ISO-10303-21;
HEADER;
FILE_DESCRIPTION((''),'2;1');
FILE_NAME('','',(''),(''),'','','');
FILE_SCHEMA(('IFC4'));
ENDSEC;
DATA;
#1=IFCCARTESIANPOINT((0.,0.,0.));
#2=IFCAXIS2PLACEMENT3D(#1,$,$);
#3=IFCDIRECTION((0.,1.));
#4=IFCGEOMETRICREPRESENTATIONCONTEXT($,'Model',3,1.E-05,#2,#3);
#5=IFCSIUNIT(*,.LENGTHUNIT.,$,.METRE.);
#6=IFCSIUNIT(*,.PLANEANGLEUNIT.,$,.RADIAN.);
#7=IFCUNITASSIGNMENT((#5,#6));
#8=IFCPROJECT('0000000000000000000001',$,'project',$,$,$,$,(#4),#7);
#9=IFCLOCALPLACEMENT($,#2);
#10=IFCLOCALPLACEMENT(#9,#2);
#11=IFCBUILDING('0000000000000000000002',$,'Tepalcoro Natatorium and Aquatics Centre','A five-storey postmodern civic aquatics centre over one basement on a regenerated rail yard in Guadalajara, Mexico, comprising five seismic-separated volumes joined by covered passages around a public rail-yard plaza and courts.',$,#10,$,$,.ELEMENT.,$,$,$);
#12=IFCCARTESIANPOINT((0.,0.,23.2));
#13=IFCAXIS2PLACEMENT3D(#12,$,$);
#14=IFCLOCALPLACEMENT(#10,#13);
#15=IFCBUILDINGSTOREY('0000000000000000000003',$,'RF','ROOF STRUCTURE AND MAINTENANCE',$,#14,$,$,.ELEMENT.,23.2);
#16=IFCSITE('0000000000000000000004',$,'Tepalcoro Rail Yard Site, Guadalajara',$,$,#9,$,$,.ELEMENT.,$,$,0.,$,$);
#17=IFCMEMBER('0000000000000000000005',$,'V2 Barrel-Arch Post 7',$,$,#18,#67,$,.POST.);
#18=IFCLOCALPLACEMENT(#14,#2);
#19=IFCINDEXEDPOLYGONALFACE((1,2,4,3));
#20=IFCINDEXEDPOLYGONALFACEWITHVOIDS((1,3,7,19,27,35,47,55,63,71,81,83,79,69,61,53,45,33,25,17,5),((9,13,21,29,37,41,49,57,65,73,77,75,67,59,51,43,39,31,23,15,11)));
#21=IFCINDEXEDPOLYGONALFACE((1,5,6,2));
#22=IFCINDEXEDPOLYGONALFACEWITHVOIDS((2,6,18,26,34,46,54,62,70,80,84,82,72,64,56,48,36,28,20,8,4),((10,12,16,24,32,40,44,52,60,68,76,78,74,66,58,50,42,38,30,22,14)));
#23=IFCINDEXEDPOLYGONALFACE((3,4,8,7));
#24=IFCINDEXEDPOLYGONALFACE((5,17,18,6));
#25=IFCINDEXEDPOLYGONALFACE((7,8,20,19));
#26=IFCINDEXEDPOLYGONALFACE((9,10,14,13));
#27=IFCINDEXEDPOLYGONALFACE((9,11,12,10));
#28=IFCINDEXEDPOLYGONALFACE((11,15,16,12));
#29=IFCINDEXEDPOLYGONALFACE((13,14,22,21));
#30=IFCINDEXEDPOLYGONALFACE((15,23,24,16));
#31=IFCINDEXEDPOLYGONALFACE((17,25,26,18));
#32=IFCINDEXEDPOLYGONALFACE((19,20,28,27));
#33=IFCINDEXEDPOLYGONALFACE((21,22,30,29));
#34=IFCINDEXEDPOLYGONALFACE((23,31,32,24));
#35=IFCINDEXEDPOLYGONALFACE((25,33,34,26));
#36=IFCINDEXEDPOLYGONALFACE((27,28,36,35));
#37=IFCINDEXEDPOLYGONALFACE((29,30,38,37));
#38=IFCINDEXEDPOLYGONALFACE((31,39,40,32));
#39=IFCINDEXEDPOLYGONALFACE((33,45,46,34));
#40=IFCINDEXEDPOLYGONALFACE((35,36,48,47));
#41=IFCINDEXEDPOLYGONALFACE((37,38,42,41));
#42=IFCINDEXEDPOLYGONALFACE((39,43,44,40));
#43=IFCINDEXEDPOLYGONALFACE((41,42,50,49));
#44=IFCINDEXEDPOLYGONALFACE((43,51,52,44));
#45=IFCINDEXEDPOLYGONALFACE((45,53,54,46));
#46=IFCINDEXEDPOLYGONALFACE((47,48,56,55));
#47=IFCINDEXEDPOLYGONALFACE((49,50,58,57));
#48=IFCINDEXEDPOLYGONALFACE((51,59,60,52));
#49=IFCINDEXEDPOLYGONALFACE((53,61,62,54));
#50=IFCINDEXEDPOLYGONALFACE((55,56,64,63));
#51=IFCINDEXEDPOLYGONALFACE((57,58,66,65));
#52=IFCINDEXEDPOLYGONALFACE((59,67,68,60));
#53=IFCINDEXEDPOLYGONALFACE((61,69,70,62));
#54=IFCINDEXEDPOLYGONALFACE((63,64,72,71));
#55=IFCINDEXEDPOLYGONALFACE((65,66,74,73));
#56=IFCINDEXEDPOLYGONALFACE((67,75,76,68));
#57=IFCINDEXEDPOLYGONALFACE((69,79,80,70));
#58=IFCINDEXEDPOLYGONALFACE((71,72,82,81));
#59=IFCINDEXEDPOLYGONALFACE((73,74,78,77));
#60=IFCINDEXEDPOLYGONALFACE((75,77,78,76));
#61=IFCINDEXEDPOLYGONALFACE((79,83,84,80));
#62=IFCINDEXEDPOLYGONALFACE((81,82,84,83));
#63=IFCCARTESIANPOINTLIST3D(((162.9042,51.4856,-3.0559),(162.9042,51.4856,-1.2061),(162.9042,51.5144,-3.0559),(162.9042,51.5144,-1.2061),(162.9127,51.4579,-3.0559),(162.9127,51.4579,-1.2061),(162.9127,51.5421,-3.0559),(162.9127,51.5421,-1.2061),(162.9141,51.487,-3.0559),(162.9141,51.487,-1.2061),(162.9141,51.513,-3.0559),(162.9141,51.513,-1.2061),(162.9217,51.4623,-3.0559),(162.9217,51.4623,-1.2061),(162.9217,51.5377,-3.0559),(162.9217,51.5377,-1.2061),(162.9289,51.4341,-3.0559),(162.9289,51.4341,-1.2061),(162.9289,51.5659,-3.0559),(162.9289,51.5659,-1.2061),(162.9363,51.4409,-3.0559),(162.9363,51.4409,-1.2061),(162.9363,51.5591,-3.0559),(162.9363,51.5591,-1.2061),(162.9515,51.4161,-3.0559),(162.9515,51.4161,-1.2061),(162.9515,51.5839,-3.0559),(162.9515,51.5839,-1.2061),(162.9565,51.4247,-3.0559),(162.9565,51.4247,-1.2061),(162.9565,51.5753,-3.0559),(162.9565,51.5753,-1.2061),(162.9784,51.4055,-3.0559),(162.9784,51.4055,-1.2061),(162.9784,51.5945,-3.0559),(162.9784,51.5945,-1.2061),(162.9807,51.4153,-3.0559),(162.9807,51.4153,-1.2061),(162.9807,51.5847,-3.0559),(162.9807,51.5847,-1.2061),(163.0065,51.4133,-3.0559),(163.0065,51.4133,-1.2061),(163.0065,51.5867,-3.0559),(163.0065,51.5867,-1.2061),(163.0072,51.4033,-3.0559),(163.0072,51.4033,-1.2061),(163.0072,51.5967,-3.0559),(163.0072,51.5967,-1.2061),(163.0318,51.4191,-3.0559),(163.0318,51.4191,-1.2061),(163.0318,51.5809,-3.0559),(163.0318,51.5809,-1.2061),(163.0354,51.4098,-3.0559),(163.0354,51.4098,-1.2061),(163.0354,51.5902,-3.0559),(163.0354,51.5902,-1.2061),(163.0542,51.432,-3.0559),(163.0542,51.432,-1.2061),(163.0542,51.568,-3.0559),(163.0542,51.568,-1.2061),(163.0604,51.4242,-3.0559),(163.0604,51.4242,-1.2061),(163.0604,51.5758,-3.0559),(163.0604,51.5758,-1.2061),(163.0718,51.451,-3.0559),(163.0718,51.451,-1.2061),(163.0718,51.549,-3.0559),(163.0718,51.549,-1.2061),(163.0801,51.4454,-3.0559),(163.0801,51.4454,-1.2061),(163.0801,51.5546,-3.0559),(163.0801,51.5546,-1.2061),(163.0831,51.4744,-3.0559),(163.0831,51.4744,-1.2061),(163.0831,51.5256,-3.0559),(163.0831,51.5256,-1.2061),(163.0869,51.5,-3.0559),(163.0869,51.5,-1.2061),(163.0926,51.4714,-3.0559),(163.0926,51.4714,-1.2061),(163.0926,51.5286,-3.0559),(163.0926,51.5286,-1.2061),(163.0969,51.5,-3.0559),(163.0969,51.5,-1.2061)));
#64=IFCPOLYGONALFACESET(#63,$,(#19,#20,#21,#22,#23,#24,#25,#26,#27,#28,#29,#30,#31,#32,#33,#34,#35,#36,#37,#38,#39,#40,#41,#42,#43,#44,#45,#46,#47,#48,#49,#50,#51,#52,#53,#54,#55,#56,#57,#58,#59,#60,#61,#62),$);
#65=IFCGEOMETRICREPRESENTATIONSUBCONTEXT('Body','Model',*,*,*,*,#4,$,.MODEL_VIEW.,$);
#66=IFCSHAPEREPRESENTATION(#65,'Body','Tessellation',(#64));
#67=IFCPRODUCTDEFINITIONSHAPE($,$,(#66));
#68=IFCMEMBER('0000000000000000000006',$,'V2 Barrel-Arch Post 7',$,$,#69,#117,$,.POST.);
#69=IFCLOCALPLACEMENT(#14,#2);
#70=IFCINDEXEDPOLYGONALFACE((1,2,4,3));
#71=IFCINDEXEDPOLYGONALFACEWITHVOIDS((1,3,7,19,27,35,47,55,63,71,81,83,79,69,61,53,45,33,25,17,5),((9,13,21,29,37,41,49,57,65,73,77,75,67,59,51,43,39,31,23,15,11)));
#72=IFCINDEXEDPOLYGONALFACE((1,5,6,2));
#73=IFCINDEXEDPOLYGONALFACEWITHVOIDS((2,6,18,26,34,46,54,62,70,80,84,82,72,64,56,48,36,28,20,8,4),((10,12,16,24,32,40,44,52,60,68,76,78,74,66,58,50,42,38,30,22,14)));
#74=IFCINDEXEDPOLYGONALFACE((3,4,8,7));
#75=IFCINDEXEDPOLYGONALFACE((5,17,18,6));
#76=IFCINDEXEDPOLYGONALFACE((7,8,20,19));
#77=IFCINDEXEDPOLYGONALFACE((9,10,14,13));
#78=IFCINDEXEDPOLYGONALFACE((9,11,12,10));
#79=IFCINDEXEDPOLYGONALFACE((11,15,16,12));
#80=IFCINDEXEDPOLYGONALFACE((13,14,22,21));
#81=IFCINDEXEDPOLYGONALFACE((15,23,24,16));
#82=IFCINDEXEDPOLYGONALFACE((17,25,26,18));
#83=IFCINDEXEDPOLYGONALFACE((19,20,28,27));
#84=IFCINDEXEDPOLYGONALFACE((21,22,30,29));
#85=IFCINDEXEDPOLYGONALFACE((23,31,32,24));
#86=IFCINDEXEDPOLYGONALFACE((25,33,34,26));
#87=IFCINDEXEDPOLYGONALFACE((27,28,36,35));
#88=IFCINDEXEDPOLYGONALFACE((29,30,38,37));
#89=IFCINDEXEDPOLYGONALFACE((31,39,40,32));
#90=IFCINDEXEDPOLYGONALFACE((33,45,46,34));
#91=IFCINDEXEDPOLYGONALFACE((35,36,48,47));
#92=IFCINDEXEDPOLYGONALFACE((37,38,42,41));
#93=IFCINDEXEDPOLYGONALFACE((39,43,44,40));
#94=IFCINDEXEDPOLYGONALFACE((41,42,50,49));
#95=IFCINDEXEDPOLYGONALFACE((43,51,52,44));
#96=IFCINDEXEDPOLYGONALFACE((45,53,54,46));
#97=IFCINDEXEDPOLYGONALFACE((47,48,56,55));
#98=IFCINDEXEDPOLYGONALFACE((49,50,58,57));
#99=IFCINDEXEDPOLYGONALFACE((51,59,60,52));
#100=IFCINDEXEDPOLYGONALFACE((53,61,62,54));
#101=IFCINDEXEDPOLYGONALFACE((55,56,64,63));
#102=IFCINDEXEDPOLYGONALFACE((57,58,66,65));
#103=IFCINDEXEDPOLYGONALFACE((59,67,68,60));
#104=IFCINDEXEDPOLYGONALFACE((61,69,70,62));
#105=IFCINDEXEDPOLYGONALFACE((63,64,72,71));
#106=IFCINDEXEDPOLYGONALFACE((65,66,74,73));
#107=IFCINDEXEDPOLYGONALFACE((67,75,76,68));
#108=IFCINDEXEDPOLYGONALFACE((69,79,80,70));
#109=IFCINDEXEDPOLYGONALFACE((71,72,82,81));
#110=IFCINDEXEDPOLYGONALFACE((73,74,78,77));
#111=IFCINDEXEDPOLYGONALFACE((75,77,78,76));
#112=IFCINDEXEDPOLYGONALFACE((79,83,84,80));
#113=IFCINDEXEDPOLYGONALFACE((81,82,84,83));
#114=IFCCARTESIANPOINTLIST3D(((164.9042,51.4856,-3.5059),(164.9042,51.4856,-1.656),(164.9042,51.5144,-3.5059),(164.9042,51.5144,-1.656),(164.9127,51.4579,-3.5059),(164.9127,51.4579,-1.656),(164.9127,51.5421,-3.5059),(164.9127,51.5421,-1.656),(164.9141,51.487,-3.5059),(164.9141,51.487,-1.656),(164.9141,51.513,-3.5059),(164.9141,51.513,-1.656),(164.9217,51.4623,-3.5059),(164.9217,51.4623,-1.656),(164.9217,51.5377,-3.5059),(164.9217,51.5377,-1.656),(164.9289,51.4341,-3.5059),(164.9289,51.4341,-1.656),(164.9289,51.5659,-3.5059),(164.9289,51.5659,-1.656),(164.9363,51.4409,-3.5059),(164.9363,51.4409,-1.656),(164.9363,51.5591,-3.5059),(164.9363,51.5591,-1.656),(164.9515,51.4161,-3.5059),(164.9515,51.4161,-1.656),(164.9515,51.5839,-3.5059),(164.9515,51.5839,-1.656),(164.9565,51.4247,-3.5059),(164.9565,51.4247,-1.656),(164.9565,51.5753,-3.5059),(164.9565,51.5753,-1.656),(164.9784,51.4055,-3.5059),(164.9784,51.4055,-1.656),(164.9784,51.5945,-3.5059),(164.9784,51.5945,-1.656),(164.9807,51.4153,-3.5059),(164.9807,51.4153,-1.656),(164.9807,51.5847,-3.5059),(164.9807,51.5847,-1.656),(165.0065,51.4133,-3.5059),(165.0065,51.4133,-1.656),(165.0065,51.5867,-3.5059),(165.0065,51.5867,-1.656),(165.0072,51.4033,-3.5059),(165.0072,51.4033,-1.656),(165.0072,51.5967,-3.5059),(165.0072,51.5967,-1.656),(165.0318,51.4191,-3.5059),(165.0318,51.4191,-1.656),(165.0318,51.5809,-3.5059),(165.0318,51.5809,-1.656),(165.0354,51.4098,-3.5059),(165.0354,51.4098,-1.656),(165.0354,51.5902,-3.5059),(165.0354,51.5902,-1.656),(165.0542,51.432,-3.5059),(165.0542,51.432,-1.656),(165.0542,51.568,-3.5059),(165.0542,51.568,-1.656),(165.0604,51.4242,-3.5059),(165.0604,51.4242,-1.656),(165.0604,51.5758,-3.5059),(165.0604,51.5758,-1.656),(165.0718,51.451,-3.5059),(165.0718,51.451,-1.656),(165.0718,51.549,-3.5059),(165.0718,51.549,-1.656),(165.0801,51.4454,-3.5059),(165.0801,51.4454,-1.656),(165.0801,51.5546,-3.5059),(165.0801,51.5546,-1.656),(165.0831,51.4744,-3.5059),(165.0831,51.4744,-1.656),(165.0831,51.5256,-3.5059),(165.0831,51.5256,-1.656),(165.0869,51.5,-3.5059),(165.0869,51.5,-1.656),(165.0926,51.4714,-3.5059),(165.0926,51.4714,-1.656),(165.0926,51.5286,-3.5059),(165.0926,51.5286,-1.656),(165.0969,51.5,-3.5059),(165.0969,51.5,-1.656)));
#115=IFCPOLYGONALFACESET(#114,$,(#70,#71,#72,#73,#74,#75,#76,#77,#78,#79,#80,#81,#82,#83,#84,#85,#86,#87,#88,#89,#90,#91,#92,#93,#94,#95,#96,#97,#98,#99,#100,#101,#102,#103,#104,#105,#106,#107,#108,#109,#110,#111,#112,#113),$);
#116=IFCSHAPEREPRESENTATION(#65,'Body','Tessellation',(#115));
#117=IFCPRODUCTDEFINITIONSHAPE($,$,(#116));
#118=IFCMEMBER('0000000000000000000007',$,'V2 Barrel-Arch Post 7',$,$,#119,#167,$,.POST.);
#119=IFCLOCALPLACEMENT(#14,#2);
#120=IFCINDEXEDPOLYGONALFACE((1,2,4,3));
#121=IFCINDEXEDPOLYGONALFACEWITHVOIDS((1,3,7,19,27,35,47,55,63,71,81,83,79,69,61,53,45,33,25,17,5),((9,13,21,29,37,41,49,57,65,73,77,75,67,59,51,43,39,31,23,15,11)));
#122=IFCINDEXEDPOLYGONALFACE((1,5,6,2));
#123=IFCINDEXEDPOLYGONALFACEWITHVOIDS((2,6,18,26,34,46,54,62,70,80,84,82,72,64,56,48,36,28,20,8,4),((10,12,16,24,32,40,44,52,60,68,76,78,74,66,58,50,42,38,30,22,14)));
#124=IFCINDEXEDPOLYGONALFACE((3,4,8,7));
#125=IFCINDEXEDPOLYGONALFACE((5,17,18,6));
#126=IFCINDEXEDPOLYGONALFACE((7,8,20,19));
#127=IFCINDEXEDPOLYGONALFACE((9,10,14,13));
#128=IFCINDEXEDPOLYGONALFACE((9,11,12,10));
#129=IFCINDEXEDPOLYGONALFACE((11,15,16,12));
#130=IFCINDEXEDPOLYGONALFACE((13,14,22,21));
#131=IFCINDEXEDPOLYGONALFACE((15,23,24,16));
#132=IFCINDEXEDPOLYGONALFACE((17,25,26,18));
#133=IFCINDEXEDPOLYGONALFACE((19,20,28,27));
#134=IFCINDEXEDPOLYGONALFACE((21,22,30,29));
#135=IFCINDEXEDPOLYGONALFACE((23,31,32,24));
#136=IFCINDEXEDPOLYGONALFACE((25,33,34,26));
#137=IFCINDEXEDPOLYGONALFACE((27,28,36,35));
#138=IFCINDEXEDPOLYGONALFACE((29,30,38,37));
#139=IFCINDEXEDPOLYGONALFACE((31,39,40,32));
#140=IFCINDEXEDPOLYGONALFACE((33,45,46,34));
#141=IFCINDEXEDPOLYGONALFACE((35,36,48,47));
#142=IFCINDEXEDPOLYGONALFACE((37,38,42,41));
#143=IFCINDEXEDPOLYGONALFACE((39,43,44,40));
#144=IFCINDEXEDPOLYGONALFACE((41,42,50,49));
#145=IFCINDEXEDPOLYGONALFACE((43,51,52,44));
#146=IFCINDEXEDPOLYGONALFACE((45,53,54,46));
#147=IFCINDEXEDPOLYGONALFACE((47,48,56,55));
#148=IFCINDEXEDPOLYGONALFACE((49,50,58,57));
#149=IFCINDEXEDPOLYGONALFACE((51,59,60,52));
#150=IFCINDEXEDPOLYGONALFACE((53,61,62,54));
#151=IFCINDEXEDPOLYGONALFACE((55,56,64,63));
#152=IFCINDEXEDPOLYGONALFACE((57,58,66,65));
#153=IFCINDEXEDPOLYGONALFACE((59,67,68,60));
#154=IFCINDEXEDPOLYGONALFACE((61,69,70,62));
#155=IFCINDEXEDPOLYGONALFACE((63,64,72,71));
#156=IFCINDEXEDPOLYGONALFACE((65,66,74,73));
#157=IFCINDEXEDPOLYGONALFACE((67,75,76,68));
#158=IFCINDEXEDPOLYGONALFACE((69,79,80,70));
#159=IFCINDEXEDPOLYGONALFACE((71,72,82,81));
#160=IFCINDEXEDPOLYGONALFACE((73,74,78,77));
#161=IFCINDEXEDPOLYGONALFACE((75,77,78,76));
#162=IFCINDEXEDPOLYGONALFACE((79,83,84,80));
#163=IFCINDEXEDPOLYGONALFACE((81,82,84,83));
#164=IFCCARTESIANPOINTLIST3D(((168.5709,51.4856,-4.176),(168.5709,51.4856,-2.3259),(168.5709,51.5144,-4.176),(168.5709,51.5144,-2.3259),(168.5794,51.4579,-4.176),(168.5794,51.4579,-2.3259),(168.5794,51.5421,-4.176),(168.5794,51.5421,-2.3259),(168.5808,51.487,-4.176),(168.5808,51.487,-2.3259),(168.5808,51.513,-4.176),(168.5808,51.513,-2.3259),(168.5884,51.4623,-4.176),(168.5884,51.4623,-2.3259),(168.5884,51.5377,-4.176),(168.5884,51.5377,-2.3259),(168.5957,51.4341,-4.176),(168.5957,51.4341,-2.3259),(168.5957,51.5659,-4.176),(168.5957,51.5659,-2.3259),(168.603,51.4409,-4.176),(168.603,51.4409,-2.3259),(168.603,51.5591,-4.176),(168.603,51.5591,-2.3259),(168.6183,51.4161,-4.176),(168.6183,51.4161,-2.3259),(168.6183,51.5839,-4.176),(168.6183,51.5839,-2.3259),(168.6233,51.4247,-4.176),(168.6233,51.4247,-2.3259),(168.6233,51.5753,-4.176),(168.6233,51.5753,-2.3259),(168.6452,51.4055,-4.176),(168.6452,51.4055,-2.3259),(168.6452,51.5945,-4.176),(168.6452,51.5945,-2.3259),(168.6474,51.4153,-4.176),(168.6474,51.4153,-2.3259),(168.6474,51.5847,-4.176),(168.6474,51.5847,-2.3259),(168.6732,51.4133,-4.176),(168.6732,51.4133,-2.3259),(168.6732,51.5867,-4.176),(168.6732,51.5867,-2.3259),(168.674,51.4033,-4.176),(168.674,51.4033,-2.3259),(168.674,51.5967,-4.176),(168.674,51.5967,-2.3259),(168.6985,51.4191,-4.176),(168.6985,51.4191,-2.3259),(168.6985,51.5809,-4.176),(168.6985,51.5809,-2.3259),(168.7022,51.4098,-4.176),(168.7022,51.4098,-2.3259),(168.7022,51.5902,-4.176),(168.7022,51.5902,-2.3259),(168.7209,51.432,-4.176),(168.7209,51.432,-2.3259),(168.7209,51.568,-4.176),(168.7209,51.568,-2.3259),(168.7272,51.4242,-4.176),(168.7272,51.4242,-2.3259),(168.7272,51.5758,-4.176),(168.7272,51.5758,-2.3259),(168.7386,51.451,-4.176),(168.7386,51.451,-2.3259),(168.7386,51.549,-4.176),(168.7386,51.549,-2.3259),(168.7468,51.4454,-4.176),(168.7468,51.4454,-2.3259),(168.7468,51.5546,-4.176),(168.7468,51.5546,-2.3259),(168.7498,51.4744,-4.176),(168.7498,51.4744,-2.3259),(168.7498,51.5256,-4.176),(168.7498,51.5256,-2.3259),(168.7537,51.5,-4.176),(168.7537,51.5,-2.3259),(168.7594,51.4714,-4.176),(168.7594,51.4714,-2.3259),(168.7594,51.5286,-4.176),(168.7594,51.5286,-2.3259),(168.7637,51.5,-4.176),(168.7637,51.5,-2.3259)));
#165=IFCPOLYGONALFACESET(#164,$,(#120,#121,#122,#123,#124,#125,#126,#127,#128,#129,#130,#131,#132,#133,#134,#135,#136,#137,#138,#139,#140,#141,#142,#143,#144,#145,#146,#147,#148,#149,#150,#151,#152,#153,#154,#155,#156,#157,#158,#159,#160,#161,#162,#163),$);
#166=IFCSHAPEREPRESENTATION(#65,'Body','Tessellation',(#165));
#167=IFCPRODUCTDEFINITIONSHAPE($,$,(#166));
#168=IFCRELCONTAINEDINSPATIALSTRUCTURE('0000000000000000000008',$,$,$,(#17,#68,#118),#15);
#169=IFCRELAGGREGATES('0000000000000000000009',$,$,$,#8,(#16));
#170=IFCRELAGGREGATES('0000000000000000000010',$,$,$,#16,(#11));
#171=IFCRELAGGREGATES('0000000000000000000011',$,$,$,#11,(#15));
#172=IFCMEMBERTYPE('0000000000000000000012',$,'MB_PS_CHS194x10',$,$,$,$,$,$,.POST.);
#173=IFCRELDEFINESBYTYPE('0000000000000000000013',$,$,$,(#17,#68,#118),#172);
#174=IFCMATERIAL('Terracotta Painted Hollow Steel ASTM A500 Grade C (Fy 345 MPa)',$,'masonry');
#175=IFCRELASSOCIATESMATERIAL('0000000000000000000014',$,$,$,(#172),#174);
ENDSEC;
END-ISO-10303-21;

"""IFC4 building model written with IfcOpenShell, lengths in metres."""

from ifc_helpers import new_model, si_unit, direction, frame, origin, origin_2d, place, context, subcontext, project, spatial, hollow_circle, extrude, material, material_profile, profile_set, type_object, element, save


model = new_model("IFC4")

# Units and contexts
model_context = context("Model", 3, precision=1e-05, world=origin(), true_north=direction((0.0, 1.0)))
body_context = subcontext(model_context, "Body", "Model", "MODEL_VIEW")
ifc_project = project(units=[si_unit("LENGTHUNIT", "METRE"), si_unit("PLANEANGLEUNIT", "RADIAN")], contexts=[model_context])

# Site, building, storey
site_placement = place(None, origin())
site = spatial("IfcSite", under=ifc_project, at=site_placement, Name="Tepalcoro Rail Yard Site, Guadalajara", CompositionType="ELEMENT", RefElevation=0.0)
building_placement = place(site_placement, origin())
building = spatial("IfcBuilding", under=site, at=building_placement, Name="Tepalcoro Natatorium and Aquatics Centre", Description="A five-storey postmodern civic aquatics centre over one basement on a regenerated rail yard in Guadalajara, Mexico, comprising five seismic-separated volumes joined by covered passages around a public rail-yard plaza and courts.", CompositionType="ELEMENT")
storey_placement = place(building_placement, frame((0.0, 0.0, 23.2)))
storey = spatial("IfcBuildingStorey", under=building, at=storey_placement, Name="RF", Description="ROOF STRUCTURE AND MAINTENANCE", CompositionType="ELEMENT", Elevation=23.2)

# Shared definitions
ifc_material_1 = material(Name="Terracotta Painted Hollow Steel ASTM A500 Grade C (Fy 345 MPa)", Category="masonry")

# Members
ifc_material_profile_1 = material_profile(ifc_material_1, hollow_circle(Radius=0.0969, WallThickness=0.01, at=origin_2d()), Name="CHS194X10")
ifc_profile_set_1 = profile_set([ifc_material_profile_1], Name="Terracotta Painted Hollow Steel ASTM A500 Grade C (Fy 345 MPa)")
member_type_1 = type_object("IfcMemberType", Name="MB_PS_CHS194x10", PredefinedType="POST", material=ifc_profile_set_1)
for number, where, z_axis, x_axis, name in (
    (1, (163.0, 51.5, -3.0559), (0.0, 0.0, 1.0), (1.0, 0.0, 0.0), "V2 Barrel-Arch Post 7"),
    (2, (165.0, 51.5, -3.5059), (0.0, 0.0, 1.0), (1.0, 0.0, 0.0), "V2 Barrel-Arch Post 7"),
):
    element("IfcMember", number, at=place(storey_placement, frame(where, z_axis=z_axis, x_axis=x_axis)), inside=storey, type_object=member_type_1, Name=name, PredefinedType="POST", context=body_context, shape_type="SweptSolid", body=[
        extrude(hollow_circle(Radius=0.0969, WallThickness=0.01, at=origin_2d()), origin(), (0.0, 0.0, 1.0), 1.8499),
    ])
for number, where, z_axis, x_axis, name in (
    (3, (168.6667, 51.5, -4.176), (0.0, 0.0, 1.0), (1.0, 0.0, 0.0), "V2 Barrel-Arch Post 7"),
):
    element("IfcMember", number, at=place(storey_placement, frame(where, z_axis=z_axis, x_axis=x_axis)), inside=storey, type_object=member_type_1, Name=name, PredefinedType="POST", context=body_context, shape_type="SweptSolid", body=[
        extrude(hollow_circle(Radius=0.0969, WallThickness=0.01, at=origin_2d()), origin(), (0.0, 0.0, 1.0), 1.8501),
    ])

save(model, "model.ifc")
